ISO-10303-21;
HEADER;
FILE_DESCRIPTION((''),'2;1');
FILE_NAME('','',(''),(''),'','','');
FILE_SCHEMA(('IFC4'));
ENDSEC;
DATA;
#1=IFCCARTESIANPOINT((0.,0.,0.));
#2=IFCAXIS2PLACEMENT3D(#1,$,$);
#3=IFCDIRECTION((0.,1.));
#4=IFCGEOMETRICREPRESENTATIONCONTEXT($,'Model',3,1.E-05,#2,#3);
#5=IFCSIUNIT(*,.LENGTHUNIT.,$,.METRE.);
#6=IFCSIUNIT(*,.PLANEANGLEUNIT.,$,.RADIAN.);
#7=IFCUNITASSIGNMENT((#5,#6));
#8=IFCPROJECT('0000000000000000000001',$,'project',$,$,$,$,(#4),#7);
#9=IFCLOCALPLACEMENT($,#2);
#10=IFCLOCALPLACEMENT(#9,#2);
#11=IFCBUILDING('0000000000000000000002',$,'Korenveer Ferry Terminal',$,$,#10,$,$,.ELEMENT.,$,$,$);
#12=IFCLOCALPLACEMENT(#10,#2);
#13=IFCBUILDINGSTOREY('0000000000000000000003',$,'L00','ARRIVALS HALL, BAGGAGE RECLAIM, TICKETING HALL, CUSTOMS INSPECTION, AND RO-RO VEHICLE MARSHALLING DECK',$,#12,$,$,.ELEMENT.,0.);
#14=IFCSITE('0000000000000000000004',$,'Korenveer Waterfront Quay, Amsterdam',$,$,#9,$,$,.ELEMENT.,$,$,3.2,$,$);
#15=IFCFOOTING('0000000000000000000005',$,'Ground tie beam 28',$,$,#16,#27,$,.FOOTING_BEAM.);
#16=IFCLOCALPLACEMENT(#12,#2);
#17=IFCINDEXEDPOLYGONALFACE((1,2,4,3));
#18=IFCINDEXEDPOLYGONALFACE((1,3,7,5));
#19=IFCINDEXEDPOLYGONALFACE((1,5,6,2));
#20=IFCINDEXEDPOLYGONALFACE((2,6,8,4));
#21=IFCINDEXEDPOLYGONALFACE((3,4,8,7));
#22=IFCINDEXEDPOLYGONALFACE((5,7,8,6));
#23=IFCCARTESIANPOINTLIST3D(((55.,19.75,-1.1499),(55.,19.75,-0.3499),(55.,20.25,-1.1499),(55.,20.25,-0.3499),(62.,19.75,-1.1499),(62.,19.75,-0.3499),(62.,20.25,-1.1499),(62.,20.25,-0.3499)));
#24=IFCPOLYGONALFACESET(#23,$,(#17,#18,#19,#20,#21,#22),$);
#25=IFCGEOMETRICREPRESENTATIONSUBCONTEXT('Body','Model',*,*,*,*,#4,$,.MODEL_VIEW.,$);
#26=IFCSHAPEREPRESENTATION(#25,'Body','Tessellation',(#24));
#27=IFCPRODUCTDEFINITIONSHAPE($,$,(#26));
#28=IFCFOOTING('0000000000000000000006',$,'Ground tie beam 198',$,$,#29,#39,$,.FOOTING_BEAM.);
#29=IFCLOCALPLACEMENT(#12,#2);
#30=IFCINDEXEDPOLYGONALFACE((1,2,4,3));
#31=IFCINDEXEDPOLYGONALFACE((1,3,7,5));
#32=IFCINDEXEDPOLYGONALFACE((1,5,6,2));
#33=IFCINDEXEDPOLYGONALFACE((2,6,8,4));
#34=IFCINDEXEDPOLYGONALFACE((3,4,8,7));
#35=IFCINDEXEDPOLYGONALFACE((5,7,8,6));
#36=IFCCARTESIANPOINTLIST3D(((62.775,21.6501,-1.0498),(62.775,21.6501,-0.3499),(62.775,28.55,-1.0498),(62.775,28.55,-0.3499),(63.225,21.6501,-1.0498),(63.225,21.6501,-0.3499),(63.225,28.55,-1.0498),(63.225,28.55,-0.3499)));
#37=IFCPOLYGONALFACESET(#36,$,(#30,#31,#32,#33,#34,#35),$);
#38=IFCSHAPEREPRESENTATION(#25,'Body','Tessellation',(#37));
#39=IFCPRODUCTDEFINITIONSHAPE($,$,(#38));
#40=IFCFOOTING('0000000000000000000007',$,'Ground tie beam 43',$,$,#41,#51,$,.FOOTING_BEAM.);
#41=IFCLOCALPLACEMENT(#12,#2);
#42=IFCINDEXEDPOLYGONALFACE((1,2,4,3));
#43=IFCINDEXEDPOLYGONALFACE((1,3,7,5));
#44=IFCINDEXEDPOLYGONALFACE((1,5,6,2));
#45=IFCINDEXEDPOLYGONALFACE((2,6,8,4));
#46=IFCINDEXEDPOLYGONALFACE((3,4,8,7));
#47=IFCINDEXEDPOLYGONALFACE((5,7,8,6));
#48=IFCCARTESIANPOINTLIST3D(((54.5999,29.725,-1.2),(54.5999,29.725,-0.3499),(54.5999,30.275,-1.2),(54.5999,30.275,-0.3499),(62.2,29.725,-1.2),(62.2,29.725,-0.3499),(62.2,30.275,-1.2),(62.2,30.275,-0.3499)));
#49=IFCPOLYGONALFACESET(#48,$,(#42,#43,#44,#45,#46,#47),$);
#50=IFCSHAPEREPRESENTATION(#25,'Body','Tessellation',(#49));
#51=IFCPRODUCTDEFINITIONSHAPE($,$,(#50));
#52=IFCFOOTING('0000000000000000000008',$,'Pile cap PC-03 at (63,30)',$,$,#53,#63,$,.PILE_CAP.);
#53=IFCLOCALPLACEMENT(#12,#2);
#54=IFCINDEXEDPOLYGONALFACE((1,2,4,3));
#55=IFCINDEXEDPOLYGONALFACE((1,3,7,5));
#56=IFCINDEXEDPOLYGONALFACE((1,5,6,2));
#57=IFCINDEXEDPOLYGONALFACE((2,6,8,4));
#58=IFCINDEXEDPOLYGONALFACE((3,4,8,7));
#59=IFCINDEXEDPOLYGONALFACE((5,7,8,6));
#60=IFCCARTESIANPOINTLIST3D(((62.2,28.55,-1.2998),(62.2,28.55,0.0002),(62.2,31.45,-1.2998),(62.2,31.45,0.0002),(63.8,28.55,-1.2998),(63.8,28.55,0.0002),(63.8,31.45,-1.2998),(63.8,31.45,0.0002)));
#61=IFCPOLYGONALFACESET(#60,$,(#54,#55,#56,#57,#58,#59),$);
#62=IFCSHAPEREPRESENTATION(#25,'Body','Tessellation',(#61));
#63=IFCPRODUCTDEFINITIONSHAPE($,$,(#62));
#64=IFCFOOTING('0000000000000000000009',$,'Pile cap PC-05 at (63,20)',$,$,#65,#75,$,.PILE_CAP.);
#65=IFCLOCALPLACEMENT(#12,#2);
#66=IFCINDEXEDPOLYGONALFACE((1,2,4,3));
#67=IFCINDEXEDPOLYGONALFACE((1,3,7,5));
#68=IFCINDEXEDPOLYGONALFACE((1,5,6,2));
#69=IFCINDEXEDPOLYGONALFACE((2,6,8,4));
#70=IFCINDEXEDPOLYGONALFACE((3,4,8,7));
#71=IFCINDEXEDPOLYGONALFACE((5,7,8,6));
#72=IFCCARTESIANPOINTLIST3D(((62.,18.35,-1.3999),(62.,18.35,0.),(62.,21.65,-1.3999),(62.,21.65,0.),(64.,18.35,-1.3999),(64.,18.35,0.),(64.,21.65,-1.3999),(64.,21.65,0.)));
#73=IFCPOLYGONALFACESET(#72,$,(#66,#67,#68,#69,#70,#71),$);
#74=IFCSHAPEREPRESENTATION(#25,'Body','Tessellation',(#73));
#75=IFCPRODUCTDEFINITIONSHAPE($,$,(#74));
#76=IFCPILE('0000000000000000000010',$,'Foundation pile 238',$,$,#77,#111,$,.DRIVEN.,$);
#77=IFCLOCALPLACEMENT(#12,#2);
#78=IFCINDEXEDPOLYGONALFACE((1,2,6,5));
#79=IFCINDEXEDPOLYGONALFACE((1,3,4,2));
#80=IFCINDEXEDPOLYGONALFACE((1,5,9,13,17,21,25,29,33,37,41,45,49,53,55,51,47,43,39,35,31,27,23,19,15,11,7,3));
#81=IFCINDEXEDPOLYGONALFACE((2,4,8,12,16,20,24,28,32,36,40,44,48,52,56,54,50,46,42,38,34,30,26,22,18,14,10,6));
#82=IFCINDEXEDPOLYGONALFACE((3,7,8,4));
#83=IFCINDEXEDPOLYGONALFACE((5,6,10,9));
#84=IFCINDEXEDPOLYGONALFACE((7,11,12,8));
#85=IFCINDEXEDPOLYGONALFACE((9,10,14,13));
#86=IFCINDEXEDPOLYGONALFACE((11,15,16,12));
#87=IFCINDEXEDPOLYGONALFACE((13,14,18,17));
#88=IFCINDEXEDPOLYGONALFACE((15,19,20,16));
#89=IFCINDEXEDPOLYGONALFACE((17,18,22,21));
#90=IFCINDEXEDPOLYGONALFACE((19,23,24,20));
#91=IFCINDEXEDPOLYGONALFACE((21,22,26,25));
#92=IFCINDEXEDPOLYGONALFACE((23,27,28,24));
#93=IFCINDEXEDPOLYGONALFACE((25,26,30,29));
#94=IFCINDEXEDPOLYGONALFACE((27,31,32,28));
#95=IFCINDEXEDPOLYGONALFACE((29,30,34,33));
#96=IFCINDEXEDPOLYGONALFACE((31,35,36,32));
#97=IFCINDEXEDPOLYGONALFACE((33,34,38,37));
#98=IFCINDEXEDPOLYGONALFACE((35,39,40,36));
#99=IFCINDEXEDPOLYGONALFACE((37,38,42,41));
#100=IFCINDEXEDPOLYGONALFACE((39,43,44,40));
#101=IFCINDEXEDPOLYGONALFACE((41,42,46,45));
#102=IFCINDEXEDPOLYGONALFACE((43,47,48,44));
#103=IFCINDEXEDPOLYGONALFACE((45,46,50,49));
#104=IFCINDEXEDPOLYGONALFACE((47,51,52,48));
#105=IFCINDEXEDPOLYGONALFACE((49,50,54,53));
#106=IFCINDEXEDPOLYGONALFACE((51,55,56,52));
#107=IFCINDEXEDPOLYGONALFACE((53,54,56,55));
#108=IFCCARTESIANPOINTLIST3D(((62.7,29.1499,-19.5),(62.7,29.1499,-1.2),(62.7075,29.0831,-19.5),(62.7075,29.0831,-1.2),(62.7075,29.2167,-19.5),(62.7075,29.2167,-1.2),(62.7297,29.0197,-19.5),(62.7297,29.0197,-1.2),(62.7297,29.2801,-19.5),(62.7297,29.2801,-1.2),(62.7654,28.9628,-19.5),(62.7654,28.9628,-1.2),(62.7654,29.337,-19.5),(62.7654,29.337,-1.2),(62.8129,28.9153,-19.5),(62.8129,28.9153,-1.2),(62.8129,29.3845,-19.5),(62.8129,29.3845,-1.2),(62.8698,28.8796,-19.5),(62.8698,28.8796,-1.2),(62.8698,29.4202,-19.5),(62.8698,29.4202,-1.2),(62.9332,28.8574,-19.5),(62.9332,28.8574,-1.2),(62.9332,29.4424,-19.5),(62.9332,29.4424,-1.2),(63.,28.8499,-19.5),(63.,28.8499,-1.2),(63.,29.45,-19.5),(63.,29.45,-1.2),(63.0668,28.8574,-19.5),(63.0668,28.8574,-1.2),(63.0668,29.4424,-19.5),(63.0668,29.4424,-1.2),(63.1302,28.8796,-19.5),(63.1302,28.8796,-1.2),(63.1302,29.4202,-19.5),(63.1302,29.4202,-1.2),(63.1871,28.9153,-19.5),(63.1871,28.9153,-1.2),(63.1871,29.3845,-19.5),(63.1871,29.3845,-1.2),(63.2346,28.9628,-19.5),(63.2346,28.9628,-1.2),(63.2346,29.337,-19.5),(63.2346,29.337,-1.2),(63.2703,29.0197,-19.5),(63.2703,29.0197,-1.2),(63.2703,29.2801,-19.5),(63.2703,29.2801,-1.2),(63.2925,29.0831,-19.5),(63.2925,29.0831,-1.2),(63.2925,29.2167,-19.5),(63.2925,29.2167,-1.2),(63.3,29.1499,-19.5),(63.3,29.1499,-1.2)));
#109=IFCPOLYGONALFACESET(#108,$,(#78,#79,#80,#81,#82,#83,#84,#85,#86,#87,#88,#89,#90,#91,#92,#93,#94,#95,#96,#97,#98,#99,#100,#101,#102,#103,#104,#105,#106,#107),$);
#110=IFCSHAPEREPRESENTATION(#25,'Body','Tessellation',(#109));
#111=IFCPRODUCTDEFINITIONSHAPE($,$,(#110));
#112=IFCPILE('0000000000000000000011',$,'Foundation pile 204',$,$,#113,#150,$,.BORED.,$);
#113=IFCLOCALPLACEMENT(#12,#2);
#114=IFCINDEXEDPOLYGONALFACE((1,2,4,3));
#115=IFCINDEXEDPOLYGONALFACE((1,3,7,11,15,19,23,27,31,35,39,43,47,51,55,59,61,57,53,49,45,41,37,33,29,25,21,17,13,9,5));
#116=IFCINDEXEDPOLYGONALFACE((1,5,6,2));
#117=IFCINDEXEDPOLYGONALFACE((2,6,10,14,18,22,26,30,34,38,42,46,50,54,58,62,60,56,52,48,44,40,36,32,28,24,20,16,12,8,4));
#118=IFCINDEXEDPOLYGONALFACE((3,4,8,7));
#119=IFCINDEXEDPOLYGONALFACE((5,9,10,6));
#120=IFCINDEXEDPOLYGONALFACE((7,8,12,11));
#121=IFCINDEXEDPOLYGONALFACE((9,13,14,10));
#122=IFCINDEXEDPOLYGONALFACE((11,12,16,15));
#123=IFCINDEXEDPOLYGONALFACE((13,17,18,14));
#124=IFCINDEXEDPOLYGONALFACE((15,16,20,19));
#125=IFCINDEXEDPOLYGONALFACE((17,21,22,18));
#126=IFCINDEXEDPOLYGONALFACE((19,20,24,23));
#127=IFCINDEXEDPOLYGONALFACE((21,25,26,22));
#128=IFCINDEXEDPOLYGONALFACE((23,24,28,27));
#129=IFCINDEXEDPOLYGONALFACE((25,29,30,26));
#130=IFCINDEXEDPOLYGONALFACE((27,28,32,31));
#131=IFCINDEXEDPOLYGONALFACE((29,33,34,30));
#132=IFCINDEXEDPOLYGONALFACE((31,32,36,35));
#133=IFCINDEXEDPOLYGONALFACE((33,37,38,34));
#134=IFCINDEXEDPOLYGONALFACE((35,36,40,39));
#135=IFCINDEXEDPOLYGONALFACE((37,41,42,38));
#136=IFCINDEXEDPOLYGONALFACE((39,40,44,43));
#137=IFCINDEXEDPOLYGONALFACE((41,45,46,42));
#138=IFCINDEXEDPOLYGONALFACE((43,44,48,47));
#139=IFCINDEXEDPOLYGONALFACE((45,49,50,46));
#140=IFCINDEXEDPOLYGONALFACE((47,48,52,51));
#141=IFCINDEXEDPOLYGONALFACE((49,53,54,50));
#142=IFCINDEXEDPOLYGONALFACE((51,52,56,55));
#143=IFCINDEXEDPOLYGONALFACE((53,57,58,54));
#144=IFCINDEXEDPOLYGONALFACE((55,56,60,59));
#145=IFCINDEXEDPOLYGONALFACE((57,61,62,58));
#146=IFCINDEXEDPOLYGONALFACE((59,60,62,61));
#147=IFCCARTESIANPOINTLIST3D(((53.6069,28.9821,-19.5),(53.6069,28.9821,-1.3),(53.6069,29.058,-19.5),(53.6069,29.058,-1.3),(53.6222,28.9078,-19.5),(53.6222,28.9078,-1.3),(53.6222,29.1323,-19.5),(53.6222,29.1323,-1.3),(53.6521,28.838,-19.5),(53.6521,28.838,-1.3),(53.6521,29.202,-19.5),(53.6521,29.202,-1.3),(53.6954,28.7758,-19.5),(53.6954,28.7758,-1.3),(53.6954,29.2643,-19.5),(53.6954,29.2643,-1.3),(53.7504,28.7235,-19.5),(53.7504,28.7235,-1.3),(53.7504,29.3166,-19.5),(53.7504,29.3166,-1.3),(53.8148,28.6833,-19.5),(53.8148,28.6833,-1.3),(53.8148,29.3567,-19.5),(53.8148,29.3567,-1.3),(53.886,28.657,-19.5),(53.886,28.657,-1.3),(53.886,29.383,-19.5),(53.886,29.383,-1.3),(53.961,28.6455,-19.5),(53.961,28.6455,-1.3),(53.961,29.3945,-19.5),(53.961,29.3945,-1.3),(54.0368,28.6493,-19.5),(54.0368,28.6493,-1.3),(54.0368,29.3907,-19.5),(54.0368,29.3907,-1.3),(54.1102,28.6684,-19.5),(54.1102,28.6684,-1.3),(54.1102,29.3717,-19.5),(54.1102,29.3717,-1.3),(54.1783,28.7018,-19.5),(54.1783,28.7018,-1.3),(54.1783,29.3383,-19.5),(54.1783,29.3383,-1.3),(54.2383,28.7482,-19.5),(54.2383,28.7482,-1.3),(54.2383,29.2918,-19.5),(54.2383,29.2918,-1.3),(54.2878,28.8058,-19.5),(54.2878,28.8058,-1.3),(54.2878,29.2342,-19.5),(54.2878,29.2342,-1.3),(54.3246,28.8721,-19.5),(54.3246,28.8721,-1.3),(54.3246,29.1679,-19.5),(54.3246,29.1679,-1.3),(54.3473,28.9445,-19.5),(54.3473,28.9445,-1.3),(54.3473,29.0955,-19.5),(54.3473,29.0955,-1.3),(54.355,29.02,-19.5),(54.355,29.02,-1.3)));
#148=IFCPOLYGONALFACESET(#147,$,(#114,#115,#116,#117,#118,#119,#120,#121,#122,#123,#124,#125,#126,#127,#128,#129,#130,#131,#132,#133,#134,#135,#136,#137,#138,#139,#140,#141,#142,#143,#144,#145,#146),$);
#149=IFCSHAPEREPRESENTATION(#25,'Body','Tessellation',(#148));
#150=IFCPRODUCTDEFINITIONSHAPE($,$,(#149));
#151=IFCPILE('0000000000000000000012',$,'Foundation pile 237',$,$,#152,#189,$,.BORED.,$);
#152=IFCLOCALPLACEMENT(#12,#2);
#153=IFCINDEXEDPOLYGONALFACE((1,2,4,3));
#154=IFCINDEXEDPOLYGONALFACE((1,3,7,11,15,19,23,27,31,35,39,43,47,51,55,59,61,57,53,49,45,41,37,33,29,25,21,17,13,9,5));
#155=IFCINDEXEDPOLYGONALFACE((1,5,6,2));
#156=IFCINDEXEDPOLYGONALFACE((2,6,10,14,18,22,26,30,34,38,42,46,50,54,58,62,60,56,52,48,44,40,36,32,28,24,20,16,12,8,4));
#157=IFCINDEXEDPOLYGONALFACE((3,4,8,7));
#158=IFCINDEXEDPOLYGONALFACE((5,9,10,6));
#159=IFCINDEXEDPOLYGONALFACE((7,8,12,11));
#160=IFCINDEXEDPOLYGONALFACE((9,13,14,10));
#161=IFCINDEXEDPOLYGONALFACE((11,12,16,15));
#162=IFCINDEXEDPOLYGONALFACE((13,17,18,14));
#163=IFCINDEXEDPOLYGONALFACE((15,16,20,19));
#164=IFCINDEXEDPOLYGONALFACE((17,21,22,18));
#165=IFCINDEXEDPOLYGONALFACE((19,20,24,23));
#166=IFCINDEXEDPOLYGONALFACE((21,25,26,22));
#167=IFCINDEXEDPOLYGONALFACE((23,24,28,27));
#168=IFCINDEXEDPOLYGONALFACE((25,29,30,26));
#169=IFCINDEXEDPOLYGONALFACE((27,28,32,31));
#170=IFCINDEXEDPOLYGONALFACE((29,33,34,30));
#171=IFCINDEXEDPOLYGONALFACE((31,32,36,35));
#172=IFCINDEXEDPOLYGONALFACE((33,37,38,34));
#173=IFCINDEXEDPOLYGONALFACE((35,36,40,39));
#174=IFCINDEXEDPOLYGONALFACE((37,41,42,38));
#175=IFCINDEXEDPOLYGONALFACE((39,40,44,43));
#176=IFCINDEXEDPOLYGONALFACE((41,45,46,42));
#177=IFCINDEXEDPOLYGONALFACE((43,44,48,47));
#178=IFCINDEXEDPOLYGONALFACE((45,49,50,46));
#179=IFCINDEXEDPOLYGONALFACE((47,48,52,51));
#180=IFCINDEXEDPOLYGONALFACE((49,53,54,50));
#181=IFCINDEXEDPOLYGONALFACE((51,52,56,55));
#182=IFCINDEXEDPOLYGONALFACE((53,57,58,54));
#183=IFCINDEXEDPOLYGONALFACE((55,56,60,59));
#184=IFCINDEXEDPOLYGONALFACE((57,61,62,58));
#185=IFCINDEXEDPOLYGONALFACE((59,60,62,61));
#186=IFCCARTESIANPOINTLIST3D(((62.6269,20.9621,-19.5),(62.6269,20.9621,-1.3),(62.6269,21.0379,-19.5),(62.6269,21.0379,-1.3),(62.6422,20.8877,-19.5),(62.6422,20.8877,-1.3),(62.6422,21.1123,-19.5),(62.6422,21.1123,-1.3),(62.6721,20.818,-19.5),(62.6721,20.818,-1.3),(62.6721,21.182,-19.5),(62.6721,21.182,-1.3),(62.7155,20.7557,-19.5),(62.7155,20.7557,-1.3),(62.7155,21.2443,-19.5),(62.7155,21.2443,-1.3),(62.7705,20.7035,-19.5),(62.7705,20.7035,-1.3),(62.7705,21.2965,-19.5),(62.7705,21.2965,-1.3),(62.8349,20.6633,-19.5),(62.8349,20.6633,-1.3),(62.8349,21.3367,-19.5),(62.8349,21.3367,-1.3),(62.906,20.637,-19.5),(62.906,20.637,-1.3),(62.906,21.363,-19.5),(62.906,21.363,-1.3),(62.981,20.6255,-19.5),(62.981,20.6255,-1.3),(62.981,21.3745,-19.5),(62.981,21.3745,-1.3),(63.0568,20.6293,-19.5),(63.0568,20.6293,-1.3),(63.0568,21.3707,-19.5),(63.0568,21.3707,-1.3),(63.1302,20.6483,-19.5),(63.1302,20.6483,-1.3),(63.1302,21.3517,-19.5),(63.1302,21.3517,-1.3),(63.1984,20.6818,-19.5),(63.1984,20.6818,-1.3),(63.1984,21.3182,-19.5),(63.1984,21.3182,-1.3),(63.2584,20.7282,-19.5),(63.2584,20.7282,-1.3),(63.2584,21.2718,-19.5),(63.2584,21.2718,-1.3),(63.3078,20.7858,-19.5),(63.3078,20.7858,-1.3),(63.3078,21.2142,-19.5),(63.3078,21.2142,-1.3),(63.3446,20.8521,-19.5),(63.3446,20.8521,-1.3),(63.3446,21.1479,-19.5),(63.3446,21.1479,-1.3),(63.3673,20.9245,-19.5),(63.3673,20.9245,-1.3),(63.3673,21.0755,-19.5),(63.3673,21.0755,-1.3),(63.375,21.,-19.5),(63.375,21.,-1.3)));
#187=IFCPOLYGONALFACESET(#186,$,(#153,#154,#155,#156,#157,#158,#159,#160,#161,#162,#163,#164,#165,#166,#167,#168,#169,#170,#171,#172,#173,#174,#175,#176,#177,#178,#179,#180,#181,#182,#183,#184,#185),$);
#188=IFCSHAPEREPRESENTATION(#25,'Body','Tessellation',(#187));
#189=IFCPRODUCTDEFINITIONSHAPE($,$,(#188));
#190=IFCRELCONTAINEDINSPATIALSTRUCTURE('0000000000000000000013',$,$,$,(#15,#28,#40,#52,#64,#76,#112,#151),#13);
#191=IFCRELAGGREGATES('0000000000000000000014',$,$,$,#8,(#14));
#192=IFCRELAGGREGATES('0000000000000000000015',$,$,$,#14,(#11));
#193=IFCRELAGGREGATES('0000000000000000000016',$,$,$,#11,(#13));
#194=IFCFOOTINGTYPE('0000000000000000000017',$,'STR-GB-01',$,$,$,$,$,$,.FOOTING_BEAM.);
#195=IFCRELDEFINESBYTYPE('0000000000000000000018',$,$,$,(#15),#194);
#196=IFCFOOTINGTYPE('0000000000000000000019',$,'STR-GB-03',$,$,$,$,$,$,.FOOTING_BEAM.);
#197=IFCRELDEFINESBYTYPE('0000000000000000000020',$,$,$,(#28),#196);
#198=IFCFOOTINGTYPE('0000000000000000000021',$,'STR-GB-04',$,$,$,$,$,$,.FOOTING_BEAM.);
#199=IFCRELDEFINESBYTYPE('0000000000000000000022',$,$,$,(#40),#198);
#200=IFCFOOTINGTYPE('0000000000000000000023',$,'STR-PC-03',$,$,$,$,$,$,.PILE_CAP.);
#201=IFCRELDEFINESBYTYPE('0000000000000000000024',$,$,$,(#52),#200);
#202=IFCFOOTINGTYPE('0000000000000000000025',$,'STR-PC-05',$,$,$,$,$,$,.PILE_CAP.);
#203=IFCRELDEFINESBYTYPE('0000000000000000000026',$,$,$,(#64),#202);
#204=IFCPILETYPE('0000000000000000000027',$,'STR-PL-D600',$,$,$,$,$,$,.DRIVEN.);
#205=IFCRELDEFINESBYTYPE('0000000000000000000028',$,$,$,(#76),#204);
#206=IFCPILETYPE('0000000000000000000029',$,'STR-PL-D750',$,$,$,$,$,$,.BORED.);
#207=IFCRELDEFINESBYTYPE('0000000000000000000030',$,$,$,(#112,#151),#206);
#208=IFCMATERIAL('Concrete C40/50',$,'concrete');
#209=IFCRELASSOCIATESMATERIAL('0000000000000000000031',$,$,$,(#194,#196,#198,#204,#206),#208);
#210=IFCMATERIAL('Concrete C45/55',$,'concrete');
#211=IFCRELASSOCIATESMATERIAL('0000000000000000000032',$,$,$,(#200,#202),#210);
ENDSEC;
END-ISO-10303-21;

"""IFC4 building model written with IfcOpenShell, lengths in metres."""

from ifc_helpers import new_model, si_unit, direction, frame, origin, origin_2d, place, context, subcontext, project, spatial, rectangle, circle, extrude, material, material_profile, profile_set, type_object, element, save


model = new_model("IFC4")

# Units and contexts
model_context = context("Model", 3, precision=1e-05, world=origin(), true_north=direction((0.0, 1.0)))
body_context = subcontext(model_context, "Body", "Model", "MODEL_VIEW")
ifc_project = project(units=[si_unit("LENGTHUNIT", "METRE"), si_unit("PLANEANGLEUNIT", "RADIAN")], contexts=[model_context])

# Site, building, storey
site_placement = place(None, origin())
site = spatial("IfcSite", under=ifc_project, at=site_placement, Name="Korenveer Waterfront Quay, Amsterdam", CompositionType="ELEMENT", RefElevation=3.2)
building_placement = place(site_placement, origin())
building = spatial("IfcBuilding", under=site, at=building_placement, Name="Korenveer Ferry Terminal", CompositionType="ELEMENT")
storey_placement = place(building_placement, origin())
storey = spatial("IfcBuildingStorey", under=building, at=storey_placement, Name="L00", Description="ARRIVALS HALL, BAGGAGE RECLAIM, TICKETING HALL, CUSTOMS INSPECTION, AND RO-RO VEHICLE MARSHALLING DECK", CompositionType="ELEMENT", Elevation=0.0)

# Footings
ifc_material_1 = material(Name="Concrete C40/50", Category="concrete")
footing_type_1 = type_object("IfcFootingType", Name="STR-GB-01", PredefinedType="FOOTING_BEAM", material=ifc_material_1)
footing_1_placement = place(storey_placement, frame((58.5, 20.0, -1.1499), z_axis=(0.0, 0.0, 1.0), x_axis=(1.0, 0.0, 0.0)))
element("IfcFooting", 1, at=footing_1_placement, inside=storey, type_object=footing_type_1, Name="Ground tie beam 28", PredefinedType="FOOTING_BEAM", context=body_context, shape_type="SweptSolid", body=[
    extrude(rectangle(XDim=7.0, YDim=0.5, at=origin_2d()), origin(), (0.0, 0.0, 1.0), 0.8),
])
footing_type_2 = type_object("IfcFootingType", Name="STR-GB-03", PredefinedType="FOOTING_BEAM", material=ifc_material_1)
footing_2_placement = place(storey_placement, frame((63.0, 25.1001, -1.0498), z_axis=(0.0, 0.0, 1.0), x_axis=(1.0, 0.0, 0.0)))
element("IfcFooting", 2, at=footing_2_placement, inside=storey, type_object=footing_type_2, Name="Ground tie beam 198", PredefinedType="FOOTING_BEAM", context=body_context, shape_type="SweptSolid", body=[
    extrude(rectangle(XDim=0.45, YDim=6.8999, at=origin_2d()), origin(), (0.0, 0.0, 1.0), 0.7),
])
footing_type_3 = type_object("IfcFootingType", Name="STR-GB-04", PredefinedType="FOOTING_BEAM", material=ifc_material_1)
footing_3_placement = place(storey_placement, frame((58.3999, 30.0, -1.2), z_axis=(0.0, 0.0, 1.0), x_axis=(1.0, 0.0, 0.0)))
element("IfcFooting", 3, at=footing_3_placement, inside=storey, type_object=footing_type_3, Name="Ground tie beam 43", PredefinedType="FOOTING_BEAM", context=body_context, shape_type="SweptSolid", body=[
    extrude(rectangle(XDim=7.6001, YDim=0.55, at=origin_2d()), origin(), (0.0, 0.0, 1.0), 0.8501),
])
ifc_material_2 = material(Name="Concrete C45/55", Category="concrete")
footing_type_4 = type_object("IfcFootingType", Name="STR-PC-03", PredefinedType="PILE_CAP", material=ifc_material_2)
footing_4_placement = place(storey_placement, frame((63.0, 30.0, -1.2998), z_axis=(0.0, 0.0, 1.0), x_axis=(1.0, 0.0, 0.0)))
element("IfcFooting", 4, at=footing_4_placement, inside=storey, type_object=footing_type_4, Name="Pile cap PC-03 at (63,30)", PredefinedType="PILE_CAP", context=body_context, shape_type="SweptSolid", body=[
    extrude(rectangle(XDim=1.6001, YDim=2.8999, at=origin_2d()), origin(), (0.0, 0.0, 1.0), 1.3),
])
footing_type_5 = type_object("IfcFootingType", Name="STR-PC-05", PredefinedType="PILE_CAP", material=ifc_material_2)
footing_5_placement = place(storey_placement, frame((63.0, 20.0, -1.3999), z_axis=(0.0, 0.0, 1.0), x_axis=(1.0, 0.0, 0.0)))
element("IfcFooting", 5, at=footing_5_placement, inside=storey, type_object=footing_type_5, Name="Pile cap PC-05 at (63,20)", PredefinedType="PILE_CAP", context=body_context, shape_type="SweptSolid", body=[
    extrude(rectangle(XDim=2.0, YDim=3.3, at=origin_2d()), origin(), (0.0, 0.0, 1.0), 1.3999),
])

# Piles
ifc_material_profile_1 = material_profile(ifc_material_1, circle(Radius=0.3, at=origin_2d()), Name="PILE D600")
ifc_profile_set_1 = profile_set([ifc_material_profile_1], Name="Concrete C40/50")
pile_type_1 = type_object("IfcPileType", Name="STR-PL-D600", PredefinedType="DRIVEN", material=ifc_profile_set_1)
pile_1_placement = place(storey_placement, frame((63.0, 29.1499, -1.2), z_axis=(0.0, 0.0, -1.0), x_axis=(1.0, 0.0, 0.0)))
element("IfcPile", 6, at=pile_1_placement, inside=storey, type_object=pile_type_1, Name="Foundation pile 238", PredefinedType="DRIVEN", context=body_context, shape_type="SweptSolid", body=[
    extrude(circle(Radius=0.3, at=origin_2d()), origin(), (0.0, 0.0, 1.0), 18.3),
])
ifc_material_profile_2 = material_profile(ifc_material_1, circle(Radius=0.375, at=origin_2d()), Name="PILE D750")
ifc_profile_set_2 = profile_set([ifc_material_profile_2], Name="Concrete C40/50")
pile_type_2 = type_object("IfcPileType", Name="STR-PL-D750", PredefinedType="BORED", material=ifc_profile_set_2)
for number, where, z_axis, x_axis, name in (
    (7, (53.98, 29.02, -1.3), (0.0, 0.0, -1.0), (1.0, 0.0, 0.0), "Foundation pile 204"),
    (8, (63.0, 21.0, -1.3), (0.0, 0.0, -1.0), (1.0, 0.0, 0.0), "Foundation pile 237"),
):
    element("IfcPile", number, at=place(storey_placement, frame(where, z_axis=z_axis, x_axis=x_axis)), inside=storey, type_object=pile_type_2, Name=name, PredefinedType="BORED", context=body_context, shape_type="SweptSolid", body=[
        extrude(circle(Radius=0.375, at=origin_2d()), origin(), (0.0, 0.0, 1.0), 18.2),
    ])

save(model, "model.ifc")
